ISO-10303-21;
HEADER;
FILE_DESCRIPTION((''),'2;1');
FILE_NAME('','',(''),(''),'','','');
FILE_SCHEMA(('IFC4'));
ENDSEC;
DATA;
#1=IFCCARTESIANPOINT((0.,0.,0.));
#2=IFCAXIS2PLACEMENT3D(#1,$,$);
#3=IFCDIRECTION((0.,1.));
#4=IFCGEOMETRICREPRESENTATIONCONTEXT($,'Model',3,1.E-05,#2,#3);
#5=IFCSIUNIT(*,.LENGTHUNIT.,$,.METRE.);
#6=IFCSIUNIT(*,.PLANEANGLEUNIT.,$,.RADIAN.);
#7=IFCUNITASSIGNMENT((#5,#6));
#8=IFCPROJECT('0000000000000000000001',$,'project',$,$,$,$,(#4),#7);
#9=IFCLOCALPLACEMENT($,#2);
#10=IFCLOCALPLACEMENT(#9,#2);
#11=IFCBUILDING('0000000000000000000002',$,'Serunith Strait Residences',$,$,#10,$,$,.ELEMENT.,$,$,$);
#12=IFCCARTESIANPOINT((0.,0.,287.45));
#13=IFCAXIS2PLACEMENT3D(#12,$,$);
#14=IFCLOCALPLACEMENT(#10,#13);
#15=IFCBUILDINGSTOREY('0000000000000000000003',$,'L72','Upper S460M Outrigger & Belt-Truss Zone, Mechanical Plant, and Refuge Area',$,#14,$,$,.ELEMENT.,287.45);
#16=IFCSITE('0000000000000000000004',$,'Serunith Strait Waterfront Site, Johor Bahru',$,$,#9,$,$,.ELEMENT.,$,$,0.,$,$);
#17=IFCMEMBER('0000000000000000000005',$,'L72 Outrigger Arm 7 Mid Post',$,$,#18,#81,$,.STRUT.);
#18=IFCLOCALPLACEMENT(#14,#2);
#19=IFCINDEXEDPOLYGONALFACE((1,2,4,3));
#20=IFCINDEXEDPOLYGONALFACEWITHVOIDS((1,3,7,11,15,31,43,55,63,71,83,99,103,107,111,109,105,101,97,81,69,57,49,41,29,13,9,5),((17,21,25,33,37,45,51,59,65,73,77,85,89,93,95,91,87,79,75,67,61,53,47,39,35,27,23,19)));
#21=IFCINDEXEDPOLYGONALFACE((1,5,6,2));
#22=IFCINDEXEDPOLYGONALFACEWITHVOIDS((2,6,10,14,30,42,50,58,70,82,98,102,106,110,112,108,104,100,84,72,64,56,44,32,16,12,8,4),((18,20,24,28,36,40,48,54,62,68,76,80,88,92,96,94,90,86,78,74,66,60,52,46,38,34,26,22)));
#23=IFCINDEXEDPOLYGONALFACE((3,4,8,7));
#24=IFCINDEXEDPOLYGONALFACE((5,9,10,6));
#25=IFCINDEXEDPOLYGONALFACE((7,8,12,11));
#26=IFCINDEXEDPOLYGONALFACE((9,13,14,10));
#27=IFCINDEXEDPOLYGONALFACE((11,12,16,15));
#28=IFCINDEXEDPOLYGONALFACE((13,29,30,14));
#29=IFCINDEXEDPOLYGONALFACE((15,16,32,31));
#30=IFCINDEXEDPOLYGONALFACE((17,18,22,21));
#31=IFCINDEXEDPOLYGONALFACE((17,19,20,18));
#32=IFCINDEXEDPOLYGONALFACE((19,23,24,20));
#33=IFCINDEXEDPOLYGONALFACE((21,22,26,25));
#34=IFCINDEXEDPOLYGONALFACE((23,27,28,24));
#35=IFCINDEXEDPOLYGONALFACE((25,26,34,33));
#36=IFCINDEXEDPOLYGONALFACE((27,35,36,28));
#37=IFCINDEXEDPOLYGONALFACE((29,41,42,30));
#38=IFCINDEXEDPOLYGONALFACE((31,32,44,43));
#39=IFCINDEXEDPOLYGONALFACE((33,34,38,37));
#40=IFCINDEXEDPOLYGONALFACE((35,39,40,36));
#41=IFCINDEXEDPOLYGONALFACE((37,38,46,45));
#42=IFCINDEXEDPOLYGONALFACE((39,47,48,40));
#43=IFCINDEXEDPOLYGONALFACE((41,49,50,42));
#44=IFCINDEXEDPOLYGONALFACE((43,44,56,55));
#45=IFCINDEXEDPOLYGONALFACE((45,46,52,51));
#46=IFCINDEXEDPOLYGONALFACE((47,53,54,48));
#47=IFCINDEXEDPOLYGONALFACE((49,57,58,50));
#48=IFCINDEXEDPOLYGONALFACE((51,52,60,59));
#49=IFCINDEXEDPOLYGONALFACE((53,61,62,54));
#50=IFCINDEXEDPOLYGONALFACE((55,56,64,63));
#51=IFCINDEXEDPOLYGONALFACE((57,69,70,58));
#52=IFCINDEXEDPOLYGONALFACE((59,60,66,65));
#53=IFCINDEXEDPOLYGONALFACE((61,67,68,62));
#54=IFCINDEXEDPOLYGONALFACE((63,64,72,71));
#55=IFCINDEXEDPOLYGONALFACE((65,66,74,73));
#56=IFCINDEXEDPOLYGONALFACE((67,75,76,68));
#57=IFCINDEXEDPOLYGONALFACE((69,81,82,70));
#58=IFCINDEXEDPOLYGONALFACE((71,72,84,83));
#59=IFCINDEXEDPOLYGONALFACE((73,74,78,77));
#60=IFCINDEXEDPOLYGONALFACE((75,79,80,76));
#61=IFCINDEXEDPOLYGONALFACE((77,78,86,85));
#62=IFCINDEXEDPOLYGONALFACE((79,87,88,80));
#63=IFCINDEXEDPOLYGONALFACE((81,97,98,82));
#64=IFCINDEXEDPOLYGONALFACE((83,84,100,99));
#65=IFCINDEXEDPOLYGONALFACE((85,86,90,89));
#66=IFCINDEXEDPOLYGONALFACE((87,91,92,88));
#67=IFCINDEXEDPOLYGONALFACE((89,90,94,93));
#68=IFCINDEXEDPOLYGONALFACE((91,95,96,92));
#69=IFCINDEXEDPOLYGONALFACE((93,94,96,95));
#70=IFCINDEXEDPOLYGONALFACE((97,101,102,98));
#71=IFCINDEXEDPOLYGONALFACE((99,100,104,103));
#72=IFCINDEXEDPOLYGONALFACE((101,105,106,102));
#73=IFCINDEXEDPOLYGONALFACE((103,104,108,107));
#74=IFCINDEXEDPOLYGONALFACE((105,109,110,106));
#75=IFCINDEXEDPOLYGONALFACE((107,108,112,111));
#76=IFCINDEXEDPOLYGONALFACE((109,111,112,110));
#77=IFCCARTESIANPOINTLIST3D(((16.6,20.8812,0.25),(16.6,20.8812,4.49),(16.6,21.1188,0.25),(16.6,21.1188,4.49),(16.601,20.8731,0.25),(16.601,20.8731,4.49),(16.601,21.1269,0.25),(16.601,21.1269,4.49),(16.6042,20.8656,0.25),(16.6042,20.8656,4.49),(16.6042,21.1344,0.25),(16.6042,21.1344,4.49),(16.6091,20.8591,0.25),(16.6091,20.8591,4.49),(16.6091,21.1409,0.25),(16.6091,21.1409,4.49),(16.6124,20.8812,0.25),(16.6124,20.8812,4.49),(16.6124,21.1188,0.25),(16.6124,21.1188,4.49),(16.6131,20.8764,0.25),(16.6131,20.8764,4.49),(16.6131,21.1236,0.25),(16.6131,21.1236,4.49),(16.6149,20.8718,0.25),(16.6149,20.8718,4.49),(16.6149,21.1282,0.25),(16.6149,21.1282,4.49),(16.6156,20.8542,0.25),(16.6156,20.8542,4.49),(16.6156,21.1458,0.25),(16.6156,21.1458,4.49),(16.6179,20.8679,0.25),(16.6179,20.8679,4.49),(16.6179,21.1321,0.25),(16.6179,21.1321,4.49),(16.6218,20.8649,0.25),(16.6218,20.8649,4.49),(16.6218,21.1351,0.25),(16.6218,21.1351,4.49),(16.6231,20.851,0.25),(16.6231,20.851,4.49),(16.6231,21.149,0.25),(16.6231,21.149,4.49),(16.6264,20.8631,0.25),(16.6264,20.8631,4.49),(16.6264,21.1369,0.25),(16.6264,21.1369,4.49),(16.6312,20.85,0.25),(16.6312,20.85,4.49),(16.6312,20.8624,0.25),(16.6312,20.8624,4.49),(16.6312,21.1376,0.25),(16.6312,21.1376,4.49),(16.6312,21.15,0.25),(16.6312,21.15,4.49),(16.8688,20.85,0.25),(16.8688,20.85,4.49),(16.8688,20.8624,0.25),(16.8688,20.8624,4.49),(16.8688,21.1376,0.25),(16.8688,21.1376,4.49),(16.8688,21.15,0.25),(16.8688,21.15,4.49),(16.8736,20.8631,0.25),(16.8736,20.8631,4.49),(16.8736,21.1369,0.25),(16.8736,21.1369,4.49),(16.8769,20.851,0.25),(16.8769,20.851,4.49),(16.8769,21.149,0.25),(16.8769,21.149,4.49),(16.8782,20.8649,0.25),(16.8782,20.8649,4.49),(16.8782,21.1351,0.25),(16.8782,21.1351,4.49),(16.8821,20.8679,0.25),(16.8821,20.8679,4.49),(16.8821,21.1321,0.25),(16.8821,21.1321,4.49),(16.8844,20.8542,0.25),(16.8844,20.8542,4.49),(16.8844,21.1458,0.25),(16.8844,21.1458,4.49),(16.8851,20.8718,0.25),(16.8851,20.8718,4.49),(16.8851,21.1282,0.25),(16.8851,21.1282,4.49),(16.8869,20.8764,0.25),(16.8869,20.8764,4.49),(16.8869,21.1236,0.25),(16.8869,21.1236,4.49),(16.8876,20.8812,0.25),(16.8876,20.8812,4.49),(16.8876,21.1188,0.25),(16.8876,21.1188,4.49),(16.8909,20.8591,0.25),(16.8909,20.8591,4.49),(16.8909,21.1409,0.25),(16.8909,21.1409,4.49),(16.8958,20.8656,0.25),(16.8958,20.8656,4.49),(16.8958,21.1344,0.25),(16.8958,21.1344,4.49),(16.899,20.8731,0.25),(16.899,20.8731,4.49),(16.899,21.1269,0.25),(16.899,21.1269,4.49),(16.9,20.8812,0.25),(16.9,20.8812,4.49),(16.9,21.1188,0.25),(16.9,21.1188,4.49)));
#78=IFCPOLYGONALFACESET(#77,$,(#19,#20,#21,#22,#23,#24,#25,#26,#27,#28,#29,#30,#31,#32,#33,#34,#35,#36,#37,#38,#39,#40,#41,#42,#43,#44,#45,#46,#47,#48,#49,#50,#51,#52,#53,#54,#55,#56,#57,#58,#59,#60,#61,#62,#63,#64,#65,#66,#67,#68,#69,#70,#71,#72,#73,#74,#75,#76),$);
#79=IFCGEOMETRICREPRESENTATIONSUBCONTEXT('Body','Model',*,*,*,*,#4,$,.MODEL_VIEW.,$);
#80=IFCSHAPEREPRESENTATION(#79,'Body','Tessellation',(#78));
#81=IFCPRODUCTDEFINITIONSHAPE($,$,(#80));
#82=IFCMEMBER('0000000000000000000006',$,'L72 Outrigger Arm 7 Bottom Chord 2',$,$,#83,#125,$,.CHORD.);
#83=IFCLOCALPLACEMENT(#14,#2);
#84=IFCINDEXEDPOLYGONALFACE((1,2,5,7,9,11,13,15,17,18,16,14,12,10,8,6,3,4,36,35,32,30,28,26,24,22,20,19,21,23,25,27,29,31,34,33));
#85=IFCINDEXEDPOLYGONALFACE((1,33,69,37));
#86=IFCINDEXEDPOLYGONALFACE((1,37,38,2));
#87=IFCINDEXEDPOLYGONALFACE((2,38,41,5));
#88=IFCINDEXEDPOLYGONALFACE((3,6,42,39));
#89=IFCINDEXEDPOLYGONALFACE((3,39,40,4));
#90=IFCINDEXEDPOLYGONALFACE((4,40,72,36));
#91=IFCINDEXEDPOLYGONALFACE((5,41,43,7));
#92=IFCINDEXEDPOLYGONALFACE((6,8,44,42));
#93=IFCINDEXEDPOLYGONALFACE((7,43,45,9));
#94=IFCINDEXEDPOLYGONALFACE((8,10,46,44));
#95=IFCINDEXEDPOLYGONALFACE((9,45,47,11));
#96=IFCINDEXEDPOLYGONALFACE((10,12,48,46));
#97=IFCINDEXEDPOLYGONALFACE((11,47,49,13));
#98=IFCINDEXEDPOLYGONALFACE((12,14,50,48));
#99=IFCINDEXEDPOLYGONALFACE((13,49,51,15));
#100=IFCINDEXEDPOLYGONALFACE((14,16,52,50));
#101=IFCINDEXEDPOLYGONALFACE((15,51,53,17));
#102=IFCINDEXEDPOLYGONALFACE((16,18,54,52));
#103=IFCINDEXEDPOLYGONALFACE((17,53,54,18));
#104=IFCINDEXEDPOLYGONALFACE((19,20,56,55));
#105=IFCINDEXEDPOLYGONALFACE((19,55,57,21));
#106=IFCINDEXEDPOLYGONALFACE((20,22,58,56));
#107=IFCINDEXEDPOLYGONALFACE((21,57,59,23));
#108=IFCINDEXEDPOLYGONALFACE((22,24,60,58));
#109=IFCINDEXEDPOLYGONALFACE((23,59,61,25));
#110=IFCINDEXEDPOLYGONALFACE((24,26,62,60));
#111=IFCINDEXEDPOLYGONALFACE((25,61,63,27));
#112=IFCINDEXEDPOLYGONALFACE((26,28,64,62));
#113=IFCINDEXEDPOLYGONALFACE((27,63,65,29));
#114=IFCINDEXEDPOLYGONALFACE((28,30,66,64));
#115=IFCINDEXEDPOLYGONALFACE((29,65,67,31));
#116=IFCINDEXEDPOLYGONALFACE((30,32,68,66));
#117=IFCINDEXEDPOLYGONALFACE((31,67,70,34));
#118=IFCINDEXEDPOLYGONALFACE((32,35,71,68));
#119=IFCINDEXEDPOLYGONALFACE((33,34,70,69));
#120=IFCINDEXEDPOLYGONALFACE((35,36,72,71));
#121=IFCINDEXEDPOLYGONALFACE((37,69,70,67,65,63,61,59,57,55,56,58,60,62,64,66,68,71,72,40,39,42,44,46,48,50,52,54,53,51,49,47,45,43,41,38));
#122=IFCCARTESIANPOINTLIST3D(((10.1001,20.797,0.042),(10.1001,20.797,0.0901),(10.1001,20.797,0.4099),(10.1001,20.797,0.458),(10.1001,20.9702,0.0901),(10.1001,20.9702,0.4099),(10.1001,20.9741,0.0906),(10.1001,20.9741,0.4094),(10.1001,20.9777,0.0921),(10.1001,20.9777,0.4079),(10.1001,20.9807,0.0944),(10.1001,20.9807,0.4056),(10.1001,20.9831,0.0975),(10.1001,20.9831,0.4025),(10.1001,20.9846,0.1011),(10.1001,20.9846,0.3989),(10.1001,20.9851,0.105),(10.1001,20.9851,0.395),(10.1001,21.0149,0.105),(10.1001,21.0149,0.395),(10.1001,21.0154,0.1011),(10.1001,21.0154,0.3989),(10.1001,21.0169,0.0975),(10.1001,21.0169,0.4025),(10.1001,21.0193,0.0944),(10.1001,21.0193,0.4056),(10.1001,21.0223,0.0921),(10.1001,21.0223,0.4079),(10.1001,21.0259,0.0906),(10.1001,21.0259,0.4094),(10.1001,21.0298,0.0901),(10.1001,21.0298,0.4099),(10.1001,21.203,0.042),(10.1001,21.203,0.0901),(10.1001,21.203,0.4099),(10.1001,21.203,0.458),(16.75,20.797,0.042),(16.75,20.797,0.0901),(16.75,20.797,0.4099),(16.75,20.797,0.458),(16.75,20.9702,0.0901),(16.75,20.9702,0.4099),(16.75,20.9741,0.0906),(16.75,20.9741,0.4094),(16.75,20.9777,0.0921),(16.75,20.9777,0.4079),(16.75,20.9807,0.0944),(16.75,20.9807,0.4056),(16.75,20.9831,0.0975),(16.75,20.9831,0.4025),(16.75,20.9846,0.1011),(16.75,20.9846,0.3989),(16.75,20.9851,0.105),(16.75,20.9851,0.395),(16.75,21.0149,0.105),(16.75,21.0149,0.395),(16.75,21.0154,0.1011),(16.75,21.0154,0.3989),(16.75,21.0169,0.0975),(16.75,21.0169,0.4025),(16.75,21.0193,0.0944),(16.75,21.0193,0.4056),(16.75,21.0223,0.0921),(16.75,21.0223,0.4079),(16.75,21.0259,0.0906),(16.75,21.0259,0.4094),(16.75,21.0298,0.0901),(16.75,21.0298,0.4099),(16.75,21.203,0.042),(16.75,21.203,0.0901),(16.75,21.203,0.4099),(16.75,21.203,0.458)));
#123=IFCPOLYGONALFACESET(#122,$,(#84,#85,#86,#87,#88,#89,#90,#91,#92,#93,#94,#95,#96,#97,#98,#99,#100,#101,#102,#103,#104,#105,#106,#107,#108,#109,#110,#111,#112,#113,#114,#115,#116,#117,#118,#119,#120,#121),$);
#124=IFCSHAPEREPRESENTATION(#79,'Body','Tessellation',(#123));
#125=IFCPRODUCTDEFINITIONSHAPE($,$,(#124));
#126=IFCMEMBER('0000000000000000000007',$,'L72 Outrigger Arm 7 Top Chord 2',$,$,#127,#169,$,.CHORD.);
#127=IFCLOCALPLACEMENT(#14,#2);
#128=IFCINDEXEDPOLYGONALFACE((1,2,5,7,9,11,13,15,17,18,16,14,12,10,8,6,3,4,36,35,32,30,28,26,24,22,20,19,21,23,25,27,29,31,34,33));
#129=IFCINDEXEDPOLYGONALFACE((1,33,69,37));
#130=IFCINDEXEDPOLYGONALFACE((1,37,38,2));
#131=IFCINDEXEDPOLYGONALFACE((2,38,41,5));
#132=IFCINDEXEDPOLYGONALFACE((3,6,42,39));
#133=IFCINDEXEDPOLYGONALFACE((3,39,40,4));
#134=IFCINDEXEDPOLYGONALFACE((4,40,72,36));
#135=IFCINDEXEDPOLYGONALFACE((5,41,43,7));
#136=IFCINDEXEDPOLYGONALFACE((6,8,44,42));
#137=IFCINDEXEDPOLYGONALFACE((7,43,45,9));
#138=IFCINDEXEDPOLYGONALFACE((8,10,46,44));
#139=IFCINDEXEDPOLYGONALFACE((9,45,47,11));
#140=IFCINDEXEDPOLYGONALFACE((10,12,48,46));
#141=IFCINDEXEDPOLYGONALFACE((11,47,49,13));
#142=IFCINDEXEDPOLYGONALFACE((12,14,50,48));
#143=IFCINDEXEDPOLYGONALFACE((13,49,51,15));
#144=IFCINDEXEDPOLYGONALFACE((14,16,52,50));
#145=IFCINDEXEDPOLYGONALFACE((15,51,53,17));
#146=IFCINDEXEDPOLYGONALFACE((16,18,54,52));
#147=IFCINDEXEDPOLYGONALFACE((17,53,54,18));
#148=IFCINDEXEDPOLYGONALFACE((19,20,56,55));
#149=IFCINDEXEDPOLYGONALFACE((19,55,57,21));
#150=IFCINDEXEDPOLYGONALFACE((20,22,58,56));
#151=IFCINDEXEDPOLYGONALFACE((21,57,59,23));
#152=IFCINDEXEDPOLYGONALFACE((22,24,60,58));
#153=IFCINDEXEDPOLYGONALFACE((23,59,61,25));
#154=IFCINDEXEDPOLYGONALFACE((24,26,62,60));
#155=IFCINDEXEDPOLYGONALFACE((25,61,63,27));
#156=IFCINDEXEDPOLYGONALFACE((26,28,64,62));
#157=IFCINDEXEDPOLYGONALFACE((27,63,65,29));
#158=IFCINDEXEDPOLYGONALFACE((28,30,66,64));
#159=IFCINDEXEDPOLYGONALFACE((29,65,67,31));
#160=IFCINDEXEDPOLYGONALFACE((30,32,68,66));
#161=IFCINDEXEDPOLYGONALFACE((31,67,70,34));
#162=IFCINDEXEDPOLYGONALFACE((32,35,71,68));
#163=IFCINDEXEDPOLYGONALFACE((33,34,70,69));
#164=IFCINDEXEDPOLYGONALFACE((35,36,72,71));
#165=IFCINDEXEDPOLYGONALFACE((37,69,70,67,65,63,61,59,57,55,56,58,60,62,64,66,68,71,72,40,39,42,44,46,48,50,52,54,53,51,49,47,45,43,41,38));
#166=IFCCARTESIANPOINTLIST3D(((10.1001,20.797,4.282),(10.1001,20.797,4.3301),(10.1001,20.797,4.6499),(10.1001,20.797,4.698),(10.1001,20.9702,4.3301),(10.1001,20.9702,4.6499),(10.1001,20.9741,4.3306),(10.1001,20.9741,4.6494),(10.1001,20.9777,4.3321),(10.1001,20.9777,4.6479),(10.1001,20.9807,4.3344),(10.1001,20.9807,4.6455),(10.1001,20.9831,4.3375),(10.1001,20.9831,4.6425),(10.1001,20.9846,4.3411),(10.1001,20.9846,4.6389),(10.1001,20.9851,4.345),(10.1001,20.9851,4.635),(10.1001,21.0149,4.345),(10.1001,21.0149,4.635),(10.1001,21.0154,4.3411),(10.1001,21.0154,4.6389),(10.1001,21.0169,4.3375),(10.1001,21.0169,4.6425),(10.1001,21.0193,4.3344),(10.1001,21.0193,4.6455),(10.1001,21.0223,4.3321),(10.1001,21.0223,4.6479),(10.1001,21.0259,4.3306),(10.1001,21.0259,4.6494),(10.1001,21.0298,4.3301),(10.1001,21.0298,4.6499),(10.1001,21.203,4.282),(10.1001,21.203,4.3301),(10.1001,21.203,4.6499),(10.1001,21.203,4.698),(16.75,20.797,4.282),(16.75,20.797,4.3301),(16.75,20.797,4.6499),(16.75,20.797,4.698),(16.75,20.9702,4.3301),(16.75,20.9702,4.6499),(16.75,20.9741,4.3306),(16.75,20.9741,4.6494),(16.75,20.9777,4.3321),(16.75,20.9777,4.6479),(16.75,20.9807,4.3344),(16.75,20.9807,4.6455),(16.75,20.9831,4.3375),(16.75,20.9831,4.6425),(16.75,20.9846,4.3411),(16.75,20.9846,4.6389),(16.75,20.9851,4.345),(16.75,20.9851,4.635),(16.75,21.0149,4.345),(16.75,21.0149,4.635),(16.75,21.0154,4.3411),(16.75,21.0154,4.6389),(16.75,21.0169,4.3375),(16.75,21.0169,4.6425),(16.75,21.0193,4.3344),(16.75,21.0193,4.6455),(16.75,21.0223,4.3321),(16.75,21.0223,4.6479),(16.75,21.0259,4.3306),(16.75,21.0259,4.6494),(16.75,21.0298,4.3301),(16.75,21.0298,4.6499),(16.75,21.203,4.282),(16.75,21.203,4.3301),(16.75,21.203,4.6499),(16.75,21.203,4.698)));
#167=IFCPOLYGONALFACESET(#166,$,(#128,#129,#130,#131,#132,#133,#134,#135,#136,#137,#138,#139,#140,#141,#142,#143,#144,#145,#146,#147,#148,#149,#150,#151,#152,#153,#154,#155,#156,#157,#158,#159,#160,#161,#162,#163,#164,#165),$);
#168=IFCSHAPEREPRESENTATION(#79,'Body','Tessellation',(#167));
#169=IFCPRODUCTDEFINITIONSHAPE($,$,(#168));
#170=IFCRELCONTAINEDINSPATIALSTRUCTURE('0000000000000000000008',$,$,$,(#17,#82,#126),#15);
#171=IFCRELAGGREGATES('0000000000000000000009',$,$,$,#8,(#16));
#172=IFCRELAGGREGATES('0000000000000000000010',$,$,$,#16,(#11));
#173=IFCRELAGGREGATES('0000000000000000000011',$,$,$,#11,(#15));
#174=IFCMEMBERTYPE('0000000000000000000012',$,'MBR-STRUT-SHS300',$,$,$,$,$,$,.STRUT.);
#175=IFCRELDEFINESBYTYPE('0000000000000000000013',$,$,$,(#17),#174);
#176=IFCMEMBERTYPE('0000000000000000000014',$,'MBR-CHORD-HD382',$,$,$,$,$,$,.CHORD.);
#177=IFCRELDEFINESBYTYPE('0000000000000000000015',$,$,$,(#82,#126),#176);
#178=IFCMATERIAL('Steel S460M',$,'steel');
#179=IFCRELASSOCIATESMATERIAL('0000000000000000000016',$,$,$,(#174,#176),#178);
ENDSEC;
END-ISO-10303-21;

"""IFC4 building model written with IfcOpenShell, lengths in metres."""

from ifc_helpers import new_model, si_unit, direction, frame, origin, origin_2d, place, context, subcontext, project, spatial, hollow_rectangle, i_section, extrude, source, transform, mapped, material, material_profile, profile_set, type_object, element, save


model = new_model("IFC4")

# Units and contexts
model_context = context("Model", 3, precision=1e-05, world=origin(), true_north=direction((0.0, 1.0)))
body_context = subcontext(model_context, "Body", "Model", "MODEL_VIEW")
ifc_project = project(units=[si_unit("LENGTHUNIT", "METRE"), si_unit("PLANEANGLEUNIT", "RADIAN")], contexts=[model_context])

# Site, building, storey
site_placement = place(None, origin())
site = spatial("IfcSite", under=ifc_project, at=site_placement, Name="Serunith Strait Waterfront Site, Johor Bahru", CompositionType="ELEMENT", RefElevation=0.0)
building_placement = place(site_placement, origin())
building = spatial("IfcBuilding", under=site, at=building_placement, Name="Serunith Strait Residences", CompositionType="ELEMENT")
storey_placement = place(building_placement, frame((0.0, 0.0, 287.45)))
storey = spatial("IfcBuildingStorey", under=building, at=storey_placement, Name="L72", Description="Upper S460M Outrigger & Belt-Truss Zone, Mechanical Plant, and Refuge Area", CompositionType="ELEMENT", Elevation=287.45)

# Members
ifc_material_1 = material(Name="Steel S460M", Category="steel")
ifc_material_profile_1 = material_profile(ifc_material_1, hollow_rectangle(XDim=0.3, YDim=0.3, WallThickness=0.0125, InnerFilletRadius=0.0188, OuterFilletRadius=0.0312, at=origin_2d()), Name="SHS 300x300x12.5")
ifc_profile_set_1 = profile_set([ifc_material_profile_1], Name="Steel S460M")
member_type_1 = type_object("IfcMemberType", Name="MBR-STRUT-SHS300", PredefinedType="STRUT", material=ifc_profile_set_1)
shared_shape_1 = source(origin(), body_context, "Body", "SweptSolid", [
    extrude(hollow_rectangle(XDim=0.3, YDim=0.3, WallThickness=0.0125, InnerFilletRadius=0.0188, OuterFilletRadius=0.0312, at=origin_2d()), origin(), (0.0, 0.0, 1.0), 4.24),
])
member_1_placement = place(storey_placement, frame((16.75, 21.0, 0.25), z_axis=(0.0, 0.0, 1.0), x_axis=(1.0, 0.0, 0.0)))
element("IfcMember", 1, at=member_1_placement, inside=storey, type_object=member_type_1, Name="L72 Outrigger Arm 7 Mid Post", PredefinedType="STRUT", context=body_context, shape_type="MappedRepresentation", body=[
    mapped(shared_shape_1, transform((0.0, 0.0, 0.0), scale=1.0)),
])
ifc_material_profile_2 = material_profile(ifc_material_1, i_section(OverallWidth=0.406, OverallDepth=0.416, WebThickness=0.0298, FlangeThickness=0.0481, FilletRadius=0.0149, at=origin_2d()), Name="HD 400x382")
ifc_profile_set_2 = profile_set([ifc_material_profile_2], Name="Steel S460M")
member_type_2 = type_object("IfcMemberType", Name="MBR-CHORD-HD382", PredefinedType="CHORD", material=ifc_profile_set_2)
shared_shape_2 = source(origin(), body_context, "Body", "SweptSolid", [
    extrude(i_section(OverallWidth=0.406, OverallDepth=0.416, WebThickness=0.0298, FlangeThickness=0.0481, FilletRadius=0.0149, at=origin_2d()), origin(), (0.0, 0.0, 1.0), 6.6499),
])
for number, where, z_axis, x_axis, name in (
    (2, (16.75, 21.0, 0.25), (-1.0, 0.0, 0.0), (0.0, -1.0, 0.0), "L72 Outrigger Arm 7 Bottom Chord 2"),
    (3, (16.75, 21.0, 4.49), (-1.0, 0.0, 0.0), (0.0, -1.0, 0.0), "L72 Outrigger Arm 7 Top Chord 2"),
):
    element("IfcMember", number, at=place(storey_placement, frame(where, z_axis=z_axis, x_axis=x_axis)), inside=storey, type_object=member_type_2, Name=name, PredefinedType="CHORD", context=body_context, shape_type="MappedRepresentation", body=[
        mapped(shared_shape_2, transform((0.0, 0.0, 0.0), scale=1.0)),
    ])

save(model, "model.ifc")
